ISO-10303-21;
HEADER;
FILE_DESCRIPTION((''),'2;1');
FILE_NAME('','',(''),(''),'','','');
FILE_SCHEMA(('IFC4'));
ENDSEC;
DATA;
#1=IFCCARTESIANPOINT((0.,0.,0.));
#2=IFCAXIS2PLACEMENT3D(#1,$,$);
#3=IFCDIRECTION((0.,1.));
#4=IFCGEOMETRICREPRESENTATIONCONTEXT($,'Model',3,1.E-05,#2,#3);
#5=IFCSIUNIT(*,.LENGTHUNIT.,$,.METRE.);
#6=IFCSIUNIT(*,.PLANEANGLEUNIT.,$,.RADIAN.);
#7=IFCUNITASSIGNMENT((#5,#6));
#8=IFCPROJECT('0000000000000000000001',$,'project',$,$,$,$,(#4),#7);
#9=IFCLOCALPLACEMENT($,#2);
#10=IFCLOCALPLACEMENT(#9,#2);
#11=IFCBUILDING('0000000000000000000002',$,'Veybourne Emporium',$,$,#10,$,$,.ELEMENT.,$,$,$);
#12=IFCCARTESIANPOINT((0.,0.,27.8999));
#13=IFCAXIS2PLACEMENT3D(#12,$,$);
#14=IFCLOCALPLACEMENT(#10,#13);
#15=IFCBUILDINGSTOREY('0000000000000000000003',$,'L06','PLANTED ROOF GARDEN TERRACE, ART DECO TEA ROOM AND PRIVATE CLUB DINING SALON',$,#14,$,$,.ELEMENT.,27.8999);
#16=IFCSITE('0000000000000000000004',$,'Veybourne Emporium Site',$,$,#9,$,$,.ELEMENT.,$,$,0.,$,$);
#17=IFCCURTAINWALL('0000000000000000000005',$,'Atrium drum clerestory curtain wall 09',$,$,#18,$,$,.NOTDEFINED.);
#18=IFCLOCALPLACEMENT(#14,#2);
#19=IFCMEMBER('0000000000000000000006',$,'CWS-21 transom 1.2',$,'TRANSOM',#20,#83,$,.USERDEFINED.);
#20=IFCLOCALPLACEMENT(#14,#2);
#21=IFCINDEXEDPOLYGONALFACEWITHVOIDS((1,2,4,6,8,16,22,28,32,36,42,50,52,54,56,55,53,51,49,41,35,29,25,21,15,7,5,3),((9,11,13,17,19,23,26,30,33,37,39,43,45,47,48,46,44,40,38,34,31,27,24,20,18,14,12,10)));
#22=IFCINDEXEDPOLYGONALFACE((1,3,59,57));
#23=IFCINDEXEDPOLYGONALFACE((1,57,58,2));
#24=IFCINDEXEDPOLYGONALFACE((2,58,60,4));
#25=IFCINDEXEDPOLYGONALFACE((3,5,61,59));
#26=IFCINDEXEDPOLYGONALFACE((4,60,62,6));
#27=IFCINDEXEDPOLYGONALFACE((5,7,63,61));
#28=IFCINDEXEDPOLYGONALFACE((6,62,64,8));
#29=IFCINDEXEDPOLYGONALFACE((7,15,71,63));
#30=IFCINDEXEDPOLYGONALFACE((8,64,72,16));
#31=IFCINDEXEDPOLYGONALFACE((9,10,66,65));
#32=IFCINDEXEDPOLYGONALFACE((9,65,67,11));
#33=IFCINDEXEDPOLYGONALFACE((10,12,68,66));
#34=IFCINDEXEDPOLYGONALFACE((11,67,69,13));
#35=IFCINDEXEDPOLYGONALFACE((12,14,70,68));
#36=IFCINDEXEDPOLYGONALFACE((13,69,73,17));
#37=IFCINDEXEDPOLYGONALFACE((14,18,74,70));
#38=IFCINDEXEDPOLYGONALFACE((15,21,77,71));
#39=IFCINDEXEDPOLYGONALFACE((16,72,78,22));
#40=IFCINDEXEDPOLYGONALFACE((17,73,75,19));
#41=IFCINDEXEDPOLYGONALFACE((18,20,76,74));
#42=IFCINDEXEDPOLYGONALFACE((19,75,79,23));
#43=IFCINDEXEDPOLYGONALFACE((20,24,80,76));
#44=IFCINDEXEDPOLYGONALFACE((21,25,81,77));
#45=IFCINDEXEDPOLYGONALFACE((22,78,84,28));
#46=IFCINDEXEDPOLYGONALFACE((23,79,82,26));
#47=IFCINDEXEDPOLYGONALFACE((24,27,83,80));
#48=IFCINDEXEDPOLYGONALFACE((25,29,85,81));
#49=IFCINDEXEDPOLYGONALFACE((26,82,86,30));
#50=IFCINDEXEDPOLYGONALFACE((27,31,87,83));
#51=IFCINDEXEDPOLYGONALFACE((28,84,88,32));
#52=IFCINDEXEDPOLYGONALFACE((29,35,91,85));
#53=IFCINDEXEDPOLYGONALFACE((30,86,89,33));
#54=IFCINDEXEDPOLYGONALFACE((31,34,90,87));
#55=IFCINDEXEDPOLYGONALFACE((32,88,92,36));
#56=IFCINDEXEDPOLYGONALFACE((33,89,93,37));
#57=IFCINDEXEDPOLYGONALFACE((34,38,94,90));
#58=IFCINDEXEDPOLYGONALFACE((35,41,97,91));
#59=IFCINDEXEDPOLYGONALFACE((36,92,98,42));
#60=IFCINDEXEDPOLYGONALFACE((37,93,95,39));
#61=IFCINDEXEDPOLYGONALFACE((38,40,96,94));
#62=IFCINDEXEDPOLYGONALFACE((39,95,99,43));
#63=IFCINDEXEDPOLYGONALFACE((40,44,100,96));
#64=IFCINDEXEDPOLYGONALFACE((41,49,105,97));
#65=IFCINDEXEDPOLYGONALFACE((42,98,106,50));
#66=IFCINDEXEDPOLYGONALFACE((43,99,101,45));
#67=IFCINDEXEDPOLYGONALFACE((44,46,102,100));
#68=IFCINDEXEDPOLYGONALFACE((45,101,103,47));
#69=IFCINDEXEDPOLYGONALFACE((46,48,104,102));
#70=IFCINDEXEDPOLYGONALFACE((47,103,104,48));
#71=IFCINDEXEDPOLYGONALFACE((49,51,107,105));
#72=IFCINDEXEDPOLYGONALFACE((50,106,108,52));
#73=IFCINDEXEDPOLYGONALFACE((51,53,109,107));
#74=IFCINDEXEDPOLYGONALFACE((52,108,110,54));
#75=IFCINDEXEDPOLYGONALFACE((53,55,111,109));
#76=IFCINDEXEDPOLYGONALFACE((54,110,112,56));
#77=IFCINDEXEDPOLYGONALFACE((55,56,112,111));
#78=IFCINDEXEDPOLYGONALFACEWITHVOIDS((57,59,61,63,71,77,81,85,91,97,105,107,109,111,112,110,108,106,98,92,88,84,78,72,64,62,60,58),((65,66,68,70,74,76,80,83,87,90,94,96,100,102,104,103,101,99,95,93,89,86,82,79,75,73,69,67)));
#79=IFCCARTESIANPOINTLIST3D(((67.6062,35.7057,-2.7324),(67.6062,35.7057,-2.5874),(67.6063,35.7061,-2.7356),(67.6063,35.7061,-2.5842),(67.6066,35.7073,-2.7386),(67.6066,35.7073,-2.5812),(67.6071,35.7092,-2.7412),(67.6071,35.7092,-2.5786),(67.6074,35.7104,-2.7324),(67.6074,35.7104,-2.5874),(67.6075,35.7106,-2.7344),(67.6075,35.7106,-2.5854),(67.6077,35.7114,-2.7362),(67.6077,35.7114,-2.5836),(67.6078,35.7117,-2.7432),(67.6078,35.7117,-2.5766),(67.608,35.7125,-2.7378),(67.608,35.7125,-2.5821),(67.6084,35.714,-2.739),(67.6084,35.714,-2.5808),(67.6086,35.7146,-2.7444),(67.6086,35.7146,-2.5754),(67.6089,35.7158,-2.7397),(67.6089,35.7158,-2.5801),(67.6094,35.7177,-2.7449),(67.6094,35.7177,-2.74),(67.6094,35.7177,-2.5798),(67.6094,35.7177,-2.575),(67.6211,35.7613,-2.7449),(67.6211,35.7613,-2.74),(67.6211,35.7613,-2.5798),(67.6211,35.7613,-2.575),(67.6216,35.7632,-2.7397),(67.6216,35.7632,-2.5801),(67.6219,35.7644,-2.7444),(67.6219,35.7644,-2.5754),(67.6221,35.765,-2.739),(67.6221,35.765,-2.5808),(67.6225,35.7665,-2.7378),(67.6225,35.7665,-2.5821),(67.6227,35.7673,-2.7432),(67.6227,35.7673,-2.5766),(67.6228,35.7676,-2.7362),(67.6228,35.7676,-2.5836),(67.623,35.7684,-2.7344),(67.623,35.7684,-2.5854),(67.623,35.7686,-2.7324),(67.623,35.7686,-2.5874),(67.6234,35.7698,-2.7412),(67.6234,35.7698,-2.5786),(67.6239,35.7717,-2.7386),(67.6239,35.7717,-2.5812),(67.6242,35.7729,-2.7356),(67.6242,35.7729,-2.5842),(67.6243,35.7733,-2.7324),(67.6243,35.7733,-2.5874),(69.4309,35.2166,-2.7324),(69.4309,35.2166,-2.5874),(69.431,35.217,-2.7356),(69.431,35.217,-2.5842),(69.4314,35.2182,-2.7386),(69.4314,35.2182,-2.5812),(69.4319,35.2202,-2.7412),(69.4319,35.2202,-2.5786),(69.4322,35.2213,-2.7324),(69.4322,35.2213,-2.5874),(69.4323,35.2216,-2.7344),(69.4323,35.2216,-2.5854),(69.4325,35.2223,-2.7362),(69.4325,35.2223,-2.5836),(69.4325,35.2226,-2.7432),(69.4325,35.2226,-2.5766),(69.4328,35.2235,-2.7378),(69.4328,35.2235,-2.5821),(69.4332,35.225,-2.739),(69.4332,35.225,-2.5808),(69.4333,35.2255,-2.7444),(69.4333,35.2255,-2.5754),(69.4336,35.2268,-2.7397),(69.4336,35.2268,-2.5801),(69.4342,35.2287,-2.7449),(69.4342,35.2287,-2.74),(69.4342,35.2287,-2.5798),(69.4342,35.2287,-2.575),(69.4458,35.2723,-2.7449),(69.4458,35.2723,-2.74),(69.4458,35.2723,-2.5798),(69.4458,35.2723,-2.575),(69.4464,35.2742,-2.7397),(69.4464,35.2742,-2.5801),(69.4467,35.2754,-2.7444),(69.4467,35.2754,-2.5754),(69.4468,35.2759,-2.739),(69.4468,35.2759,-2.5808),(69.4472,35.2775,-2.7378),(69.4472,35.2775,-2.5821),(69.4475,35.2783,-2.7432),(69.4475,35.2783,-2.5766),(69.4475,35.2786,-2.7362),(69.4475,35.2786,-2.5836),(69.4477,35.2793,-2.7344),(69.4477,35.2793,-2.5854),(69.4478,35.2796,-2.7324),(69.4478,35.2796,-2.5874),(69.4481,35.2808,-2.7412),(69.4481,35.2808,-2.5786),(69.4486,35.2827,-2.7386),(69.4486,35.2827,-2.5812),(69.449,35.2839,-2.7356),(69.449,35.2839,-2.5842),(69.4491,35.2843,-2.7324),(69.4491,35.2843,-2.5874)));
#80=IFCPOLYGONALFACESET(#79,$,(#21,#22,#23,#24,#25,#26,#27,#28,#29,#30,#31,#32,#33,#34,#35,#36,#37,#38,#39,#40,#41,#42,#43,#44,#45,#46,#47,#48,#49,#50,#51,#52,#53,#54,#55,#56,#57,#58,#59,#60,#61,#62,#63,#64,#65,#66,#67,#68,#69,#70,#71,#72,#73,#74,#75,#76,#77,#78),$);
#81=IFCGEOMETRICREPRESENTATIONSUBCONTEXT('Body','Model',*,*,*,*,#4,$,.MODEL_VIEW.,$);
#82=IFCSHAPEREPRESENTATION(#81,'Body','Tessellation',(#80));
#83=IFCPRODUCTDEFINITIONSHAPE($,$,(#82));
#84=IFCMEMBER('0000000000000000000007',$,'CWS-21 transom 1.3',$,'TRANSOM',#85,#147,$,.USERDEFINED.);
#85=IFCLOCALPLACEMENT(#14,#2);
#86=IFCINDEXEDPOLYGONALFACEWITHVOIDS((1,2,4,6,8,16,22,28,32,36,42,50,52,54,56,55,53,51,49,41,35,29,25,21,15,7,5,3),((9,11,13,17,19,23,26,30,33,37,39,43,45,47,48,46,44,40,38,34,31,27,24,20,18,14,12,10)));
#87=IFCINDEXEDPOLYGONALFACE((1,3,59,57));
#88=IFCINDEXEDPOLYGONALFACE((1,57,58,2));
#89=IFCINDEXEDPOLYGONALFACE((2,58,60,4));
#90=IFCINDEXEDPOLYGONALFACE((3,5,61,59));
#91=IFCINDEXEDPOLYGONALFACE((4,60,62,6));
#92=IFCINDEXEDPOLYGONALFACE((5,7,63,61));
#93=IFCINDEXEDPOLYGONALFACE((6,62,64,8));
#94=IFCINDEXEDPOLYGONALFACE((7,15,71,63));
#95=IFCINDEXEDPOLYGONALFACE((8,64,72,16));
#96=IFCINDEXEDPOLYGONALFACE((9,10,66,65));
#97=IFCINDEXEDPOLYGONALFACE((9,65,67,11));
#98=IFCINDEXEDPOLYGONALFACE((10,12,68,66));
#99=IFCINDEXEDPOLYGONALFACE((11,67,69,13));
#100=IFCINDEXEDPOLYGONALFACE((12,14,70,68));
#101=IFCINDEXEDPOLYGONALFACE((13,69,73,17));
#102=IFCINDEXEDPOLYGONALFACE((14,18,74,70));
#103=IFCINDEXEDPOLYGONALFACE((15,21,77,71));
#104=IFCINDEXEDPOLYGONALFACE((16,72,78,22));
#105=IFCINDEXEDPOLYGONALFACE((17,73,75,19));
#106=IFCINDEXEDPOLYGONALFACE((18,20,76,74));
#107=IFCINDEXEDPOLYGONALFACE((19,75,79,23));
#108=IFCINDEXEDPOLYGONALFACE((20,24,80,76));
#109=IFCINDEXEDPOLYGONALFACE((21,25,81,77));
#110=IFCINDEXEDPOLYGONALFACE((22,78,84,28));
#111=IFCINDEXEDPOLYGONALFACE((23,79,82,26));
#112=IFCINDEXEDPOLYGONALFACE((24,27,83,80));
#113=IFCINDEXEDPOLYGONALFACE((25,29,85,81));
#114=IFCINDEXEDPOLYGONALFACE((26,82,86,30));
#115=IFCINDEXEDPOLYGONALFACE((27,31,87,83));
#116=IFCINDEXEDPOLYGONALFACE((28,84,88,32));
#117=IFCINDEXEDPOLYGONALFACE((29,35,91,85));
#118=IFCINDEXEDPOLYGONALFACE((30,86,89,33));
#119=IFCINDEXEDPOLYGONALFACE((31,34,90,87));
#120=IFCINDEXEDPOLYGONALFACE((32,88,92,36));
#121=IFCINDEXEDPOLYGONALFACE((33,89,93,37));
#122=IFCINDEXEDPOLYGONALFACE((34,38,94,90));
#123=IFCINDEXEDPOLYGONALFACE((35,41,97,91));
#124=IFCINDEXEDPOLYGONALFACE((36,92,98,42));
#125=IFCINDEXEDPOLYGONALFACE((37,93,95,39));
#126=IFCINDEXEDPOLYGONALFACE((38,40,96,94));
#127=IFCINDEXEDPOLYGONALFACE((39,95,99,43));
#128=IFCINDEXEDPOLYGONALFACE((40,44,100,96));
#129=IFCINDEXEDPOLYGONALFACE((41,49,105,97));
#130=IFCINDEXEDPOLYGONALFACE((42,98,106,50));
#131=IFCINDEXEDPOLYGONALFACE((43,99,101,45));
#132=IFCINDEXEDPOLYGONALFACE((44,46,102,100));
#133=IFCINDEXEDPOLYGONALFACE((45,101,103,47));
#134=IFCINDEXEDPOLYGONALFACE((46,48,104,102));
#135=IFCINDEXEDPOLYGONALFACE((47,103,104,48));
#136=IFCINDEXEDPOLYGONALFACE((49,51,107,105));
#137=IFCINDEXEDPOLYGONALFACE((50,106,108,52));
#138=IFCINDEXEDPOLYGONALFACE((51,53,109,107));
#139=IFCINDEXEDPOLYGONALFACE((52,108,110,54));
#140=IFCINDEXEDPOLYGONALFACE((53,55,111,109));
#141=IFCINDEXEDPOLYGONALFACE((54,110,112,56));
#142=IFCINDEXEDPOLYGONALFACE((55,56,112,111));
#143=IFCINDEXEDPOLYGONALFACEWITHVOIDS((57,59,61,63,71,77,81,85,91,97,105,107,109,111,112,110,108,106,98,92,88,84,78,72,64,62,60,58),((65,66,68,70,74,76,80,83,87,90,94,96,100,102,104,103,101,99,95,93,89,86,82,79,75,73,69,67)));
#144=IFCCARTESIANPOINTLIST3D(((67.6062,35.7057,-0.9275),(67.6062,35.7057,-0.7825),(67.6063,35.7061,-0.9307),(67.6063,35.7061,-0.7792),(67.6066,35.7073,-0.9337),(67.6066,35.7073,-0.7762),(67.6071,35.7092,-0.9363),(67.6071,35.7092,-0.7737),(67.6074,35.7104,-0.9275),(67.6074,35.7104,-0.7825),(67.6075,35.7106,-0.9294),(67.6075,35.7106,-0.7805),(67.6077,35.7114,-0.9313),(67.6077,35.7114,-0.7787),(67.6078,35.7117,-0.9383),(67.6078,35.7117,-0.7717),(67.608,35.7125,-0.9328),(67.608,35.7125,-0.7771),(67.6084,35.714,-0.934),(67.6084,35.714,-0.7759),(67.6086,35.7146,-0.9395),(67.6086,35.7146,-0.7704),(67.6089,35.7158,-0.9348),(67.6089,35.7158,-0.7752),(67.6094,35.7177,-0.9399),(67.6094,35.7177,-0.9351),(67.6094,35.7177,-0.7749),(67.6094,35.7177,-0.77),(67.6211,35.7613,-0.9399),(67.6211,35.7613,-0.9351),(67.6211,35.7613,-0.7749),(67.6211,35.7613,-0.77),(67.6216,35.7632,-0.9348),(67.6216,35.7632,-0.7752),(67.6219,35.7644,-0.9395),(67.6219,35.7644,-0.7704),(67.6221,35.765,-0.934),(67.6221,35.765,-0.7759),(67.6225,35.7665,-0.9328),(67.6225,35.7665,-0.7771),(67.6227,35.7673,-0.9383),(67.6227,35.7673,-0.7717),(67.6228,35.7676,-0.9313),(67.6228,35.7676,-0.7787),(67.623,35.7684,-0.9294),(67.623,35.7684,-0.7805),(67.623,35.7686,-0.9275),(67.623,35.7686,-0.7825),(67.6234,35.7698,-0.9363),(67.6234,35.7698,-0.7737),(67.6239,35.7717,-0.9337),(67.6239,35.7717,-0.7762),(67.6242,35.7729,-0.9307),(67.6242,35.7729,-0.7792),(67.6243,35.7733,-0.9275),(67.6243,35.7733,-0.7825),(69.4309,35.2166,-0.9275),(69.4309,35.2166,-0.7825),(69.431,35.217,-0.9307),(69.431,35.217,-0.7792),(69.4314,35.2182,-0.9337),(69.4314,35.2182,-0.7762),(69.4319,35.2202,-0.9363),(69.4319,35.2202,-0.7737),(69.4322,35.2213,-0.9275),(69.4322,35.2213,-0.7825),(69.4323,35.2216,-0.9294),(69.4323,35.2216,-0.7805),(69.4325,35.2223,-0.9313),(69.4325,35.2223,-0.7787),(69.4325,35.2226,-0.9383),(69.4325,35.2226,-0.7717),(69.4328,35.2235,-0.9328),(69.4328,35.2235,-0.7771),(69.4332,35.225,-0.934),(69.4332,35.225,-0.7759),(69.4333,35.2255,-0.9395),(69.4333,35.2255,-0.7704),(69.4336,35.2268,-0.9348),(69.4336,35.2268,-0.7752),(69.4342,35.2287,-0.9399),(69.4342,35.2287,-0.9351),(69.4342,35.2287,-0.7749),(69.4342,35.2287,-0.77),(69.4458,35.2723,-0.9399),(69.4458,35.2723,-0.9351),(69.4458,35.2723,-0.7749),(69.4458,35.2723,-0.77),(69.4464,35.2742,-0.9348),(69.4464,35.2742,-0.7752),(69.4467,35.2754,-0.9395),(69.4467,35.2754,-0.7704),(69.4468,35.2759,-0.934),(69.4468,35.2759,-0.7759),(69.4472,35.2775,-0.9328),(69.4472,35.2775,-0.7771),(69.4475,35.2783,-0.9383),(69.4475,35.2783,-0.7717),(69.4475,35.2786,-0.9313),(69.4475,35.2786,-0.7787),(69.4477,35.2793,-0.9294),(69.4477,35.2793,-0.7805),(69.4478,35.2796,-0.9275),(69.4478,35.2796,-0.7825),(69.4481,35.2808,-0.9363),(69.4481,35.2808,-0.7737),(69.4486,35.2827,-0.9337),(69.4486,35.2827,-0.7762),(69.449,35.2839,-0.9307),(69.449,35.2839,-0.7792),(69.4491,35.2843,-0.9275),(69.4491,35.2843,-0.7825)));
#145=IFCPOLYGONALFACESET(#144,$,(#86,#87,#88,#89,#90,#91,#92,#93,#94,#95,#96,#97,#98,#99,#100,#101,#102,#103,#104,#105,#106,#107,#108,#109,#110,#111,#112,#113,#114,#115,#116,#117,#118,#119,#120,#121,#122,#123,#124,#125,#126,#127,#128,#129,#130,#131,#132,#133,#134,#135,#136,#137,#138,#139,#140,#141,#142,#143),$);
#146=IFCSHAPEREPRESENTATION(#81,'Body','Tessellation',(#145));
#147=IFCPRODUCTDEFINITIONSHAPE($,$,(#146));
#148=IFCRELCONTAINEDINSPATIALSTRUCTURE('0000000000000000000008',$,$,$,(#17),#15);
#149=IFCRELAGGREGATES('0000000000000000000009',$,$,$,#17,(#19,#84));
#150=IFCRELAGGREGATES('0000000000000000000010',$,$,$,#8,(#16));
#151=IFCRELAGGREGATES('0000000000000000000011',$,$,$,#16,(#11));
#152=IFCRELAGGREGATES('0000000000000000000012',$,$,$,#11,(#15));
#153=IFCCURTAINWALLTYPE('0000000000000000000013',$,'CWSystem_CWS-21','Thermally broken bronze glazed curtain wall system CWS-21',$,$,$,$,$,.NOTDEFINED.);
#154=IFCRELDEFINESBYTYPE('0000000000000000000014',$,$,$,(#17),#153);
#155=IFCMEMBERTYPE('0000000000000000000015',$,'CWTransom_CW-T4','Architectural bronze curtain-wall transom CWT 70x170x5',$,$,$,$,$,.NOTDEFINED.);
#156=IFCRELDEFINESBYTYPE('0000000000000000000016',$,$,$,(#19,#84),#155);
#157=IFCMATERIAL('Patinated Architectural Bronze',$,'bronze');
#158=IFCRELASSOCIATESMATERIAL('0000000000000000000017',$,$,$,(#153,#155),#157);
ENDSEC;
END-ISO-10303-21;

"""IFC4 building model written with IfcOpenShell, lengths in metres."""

from ifc_helpers import new_model, si_unit, direction, frame, origin, origin_2d, place, context, subcontext, project, spatial, hollow_rectangle, extrude, material, material_profile, profile_set, type_object, element, aggregate, save


model = new_model("IFC4")

# Units and contexts
model_context = context("Model", 3, precision=1e-05, world=origin(), true_north=direction((0.0, 1.0)))
body_context = subcontext(model_context, "Body", "Model", "MODEL_VIEW")
ifc_project = project(units=[si_unit("LENGTHUNIT", "METRE"), si_unit("PLANEANGLEUNIT", "RADIAN")], contexts=[model_context])

# Site, building, storey
site_placement = place(None, origin())
site = spatial("IfcSite", under=ifc_project, at=site_placement, Name="Veybourne Emporium Site", CompositionType="ELEMENT", RefElevation=0.0)
building_placement = place(site_placement, origin())
building = spatial("IfcBuilding", under=site, at=building_placement, Name="Veybourne Emporium", CompositionType="ELEMENT")
storey_placement = place(building_placement, frame((0.0, 0.0, 27.8999)))
storey = spatial("IfcBuildingStorey", under=building, at=storey_placement, Name="L06", Description="PLANTED ROOF GARDEN TERRACE, ART DECO TEA ROOM AND PRIVATE CLUB DINING SALON", CompositionType="ELEMENT", Elevation=27.8999)

# Curtain wall
ifc_material_1 = material(Name="Patinated Architectural Bronze", Category="bronze")
curtain_wall_type_1 = type_object("IfcCurtainWallType", Name="CWSystem_CWS-21", Description="Thermally broken bronze glazed curtain wall system CWS-21", PredefinedType="NOTDEFINED", material=ifc_material_1)
curtain_wall_1_placement = place(storey_placement, origin())
curtain_wall_1 = element("IfcCurtainWall", 1, at=curtain_wall_1_placement, inside=storey, type_object=curtain_wall_type_1, Name="Atrium drum clerestory curtain wall 09", PredefinedType="NOTDEFINED")

# Members
ifc_material_profile_1 = material_profile(ifc_material_1, hollow_rectangle(XDim=0.0701, YDim=0.1699, WallThickness=0.0049, InnerFilletRadius=0.0076, OuterFilletRadius=0.0125, at=origin_2d()), Name="CWT 70x170x5")
ifc_profile_set_1 = profile_set([ifc_material_profile_1], Name="Patinated Architectural Bronze")
member_type_1 = type_object("IfcMemberType", Name="CWTransom_CW-T4", Description="Architectural bronze curtain-wall transom CWT 70x170x5", PredefinedType="NOTDEFINED", material=ifc_profile_set_1)
member_1_placement = place(storey_placement, frame((67.6152, 35.7395, -2.6599), z_axis=(0.965915, -0.258861, 0.0), x_axis=(0.258861, 0.965915, 0.0)))
member_1 = element("IfcMember", 2, at=member_1_placement, type_object=member_type_1, Name="CWS-21 transom 1.2", ObjectType="TRANSOM", PredefinedType="USERDEFINED", context=body_context, shape_type="SweptSolid", body=[
    extrude(hollow_rectangle(XDim=0.0701, YDim=0.1699, WallThickness=0.0049, InnerFilletRadius=0.0076, OuterFilletRadius=0.0125, at=origin_2d()), origin(), (0.0, 0.0, 1.0), 1.8892),
])
member_2_placement = place(storey_placement, frame((67.6152, 35.7395, -0.855), z_axis=(0.965915, -0.258861, 0.0), x_axis=(0.258861, 0.965915, 0.0)))
member_2 = element("IfcMember", 3, at=member_2_placement, type_object=member_type_1, Name="CWS-21 transom 1.3", ObjectType="TRANSOM", PredefinedType="USERDEFINED", context=body_context, shape_type="SweptSolid", body=[
    extrude(hollow_rectangle(XDim=0.0701, YDim=0.1699, WallThickness=0.0049, InnerFilletRadius=0.0076, OuterFilletRadius=0.0125, at=origin_2d()), origin(), (0.0, 0.0, 1.0), 1.8892),
])

aggregate(curtain_wall_1, [member_1, member_2])

save(model, "model.ifc")
